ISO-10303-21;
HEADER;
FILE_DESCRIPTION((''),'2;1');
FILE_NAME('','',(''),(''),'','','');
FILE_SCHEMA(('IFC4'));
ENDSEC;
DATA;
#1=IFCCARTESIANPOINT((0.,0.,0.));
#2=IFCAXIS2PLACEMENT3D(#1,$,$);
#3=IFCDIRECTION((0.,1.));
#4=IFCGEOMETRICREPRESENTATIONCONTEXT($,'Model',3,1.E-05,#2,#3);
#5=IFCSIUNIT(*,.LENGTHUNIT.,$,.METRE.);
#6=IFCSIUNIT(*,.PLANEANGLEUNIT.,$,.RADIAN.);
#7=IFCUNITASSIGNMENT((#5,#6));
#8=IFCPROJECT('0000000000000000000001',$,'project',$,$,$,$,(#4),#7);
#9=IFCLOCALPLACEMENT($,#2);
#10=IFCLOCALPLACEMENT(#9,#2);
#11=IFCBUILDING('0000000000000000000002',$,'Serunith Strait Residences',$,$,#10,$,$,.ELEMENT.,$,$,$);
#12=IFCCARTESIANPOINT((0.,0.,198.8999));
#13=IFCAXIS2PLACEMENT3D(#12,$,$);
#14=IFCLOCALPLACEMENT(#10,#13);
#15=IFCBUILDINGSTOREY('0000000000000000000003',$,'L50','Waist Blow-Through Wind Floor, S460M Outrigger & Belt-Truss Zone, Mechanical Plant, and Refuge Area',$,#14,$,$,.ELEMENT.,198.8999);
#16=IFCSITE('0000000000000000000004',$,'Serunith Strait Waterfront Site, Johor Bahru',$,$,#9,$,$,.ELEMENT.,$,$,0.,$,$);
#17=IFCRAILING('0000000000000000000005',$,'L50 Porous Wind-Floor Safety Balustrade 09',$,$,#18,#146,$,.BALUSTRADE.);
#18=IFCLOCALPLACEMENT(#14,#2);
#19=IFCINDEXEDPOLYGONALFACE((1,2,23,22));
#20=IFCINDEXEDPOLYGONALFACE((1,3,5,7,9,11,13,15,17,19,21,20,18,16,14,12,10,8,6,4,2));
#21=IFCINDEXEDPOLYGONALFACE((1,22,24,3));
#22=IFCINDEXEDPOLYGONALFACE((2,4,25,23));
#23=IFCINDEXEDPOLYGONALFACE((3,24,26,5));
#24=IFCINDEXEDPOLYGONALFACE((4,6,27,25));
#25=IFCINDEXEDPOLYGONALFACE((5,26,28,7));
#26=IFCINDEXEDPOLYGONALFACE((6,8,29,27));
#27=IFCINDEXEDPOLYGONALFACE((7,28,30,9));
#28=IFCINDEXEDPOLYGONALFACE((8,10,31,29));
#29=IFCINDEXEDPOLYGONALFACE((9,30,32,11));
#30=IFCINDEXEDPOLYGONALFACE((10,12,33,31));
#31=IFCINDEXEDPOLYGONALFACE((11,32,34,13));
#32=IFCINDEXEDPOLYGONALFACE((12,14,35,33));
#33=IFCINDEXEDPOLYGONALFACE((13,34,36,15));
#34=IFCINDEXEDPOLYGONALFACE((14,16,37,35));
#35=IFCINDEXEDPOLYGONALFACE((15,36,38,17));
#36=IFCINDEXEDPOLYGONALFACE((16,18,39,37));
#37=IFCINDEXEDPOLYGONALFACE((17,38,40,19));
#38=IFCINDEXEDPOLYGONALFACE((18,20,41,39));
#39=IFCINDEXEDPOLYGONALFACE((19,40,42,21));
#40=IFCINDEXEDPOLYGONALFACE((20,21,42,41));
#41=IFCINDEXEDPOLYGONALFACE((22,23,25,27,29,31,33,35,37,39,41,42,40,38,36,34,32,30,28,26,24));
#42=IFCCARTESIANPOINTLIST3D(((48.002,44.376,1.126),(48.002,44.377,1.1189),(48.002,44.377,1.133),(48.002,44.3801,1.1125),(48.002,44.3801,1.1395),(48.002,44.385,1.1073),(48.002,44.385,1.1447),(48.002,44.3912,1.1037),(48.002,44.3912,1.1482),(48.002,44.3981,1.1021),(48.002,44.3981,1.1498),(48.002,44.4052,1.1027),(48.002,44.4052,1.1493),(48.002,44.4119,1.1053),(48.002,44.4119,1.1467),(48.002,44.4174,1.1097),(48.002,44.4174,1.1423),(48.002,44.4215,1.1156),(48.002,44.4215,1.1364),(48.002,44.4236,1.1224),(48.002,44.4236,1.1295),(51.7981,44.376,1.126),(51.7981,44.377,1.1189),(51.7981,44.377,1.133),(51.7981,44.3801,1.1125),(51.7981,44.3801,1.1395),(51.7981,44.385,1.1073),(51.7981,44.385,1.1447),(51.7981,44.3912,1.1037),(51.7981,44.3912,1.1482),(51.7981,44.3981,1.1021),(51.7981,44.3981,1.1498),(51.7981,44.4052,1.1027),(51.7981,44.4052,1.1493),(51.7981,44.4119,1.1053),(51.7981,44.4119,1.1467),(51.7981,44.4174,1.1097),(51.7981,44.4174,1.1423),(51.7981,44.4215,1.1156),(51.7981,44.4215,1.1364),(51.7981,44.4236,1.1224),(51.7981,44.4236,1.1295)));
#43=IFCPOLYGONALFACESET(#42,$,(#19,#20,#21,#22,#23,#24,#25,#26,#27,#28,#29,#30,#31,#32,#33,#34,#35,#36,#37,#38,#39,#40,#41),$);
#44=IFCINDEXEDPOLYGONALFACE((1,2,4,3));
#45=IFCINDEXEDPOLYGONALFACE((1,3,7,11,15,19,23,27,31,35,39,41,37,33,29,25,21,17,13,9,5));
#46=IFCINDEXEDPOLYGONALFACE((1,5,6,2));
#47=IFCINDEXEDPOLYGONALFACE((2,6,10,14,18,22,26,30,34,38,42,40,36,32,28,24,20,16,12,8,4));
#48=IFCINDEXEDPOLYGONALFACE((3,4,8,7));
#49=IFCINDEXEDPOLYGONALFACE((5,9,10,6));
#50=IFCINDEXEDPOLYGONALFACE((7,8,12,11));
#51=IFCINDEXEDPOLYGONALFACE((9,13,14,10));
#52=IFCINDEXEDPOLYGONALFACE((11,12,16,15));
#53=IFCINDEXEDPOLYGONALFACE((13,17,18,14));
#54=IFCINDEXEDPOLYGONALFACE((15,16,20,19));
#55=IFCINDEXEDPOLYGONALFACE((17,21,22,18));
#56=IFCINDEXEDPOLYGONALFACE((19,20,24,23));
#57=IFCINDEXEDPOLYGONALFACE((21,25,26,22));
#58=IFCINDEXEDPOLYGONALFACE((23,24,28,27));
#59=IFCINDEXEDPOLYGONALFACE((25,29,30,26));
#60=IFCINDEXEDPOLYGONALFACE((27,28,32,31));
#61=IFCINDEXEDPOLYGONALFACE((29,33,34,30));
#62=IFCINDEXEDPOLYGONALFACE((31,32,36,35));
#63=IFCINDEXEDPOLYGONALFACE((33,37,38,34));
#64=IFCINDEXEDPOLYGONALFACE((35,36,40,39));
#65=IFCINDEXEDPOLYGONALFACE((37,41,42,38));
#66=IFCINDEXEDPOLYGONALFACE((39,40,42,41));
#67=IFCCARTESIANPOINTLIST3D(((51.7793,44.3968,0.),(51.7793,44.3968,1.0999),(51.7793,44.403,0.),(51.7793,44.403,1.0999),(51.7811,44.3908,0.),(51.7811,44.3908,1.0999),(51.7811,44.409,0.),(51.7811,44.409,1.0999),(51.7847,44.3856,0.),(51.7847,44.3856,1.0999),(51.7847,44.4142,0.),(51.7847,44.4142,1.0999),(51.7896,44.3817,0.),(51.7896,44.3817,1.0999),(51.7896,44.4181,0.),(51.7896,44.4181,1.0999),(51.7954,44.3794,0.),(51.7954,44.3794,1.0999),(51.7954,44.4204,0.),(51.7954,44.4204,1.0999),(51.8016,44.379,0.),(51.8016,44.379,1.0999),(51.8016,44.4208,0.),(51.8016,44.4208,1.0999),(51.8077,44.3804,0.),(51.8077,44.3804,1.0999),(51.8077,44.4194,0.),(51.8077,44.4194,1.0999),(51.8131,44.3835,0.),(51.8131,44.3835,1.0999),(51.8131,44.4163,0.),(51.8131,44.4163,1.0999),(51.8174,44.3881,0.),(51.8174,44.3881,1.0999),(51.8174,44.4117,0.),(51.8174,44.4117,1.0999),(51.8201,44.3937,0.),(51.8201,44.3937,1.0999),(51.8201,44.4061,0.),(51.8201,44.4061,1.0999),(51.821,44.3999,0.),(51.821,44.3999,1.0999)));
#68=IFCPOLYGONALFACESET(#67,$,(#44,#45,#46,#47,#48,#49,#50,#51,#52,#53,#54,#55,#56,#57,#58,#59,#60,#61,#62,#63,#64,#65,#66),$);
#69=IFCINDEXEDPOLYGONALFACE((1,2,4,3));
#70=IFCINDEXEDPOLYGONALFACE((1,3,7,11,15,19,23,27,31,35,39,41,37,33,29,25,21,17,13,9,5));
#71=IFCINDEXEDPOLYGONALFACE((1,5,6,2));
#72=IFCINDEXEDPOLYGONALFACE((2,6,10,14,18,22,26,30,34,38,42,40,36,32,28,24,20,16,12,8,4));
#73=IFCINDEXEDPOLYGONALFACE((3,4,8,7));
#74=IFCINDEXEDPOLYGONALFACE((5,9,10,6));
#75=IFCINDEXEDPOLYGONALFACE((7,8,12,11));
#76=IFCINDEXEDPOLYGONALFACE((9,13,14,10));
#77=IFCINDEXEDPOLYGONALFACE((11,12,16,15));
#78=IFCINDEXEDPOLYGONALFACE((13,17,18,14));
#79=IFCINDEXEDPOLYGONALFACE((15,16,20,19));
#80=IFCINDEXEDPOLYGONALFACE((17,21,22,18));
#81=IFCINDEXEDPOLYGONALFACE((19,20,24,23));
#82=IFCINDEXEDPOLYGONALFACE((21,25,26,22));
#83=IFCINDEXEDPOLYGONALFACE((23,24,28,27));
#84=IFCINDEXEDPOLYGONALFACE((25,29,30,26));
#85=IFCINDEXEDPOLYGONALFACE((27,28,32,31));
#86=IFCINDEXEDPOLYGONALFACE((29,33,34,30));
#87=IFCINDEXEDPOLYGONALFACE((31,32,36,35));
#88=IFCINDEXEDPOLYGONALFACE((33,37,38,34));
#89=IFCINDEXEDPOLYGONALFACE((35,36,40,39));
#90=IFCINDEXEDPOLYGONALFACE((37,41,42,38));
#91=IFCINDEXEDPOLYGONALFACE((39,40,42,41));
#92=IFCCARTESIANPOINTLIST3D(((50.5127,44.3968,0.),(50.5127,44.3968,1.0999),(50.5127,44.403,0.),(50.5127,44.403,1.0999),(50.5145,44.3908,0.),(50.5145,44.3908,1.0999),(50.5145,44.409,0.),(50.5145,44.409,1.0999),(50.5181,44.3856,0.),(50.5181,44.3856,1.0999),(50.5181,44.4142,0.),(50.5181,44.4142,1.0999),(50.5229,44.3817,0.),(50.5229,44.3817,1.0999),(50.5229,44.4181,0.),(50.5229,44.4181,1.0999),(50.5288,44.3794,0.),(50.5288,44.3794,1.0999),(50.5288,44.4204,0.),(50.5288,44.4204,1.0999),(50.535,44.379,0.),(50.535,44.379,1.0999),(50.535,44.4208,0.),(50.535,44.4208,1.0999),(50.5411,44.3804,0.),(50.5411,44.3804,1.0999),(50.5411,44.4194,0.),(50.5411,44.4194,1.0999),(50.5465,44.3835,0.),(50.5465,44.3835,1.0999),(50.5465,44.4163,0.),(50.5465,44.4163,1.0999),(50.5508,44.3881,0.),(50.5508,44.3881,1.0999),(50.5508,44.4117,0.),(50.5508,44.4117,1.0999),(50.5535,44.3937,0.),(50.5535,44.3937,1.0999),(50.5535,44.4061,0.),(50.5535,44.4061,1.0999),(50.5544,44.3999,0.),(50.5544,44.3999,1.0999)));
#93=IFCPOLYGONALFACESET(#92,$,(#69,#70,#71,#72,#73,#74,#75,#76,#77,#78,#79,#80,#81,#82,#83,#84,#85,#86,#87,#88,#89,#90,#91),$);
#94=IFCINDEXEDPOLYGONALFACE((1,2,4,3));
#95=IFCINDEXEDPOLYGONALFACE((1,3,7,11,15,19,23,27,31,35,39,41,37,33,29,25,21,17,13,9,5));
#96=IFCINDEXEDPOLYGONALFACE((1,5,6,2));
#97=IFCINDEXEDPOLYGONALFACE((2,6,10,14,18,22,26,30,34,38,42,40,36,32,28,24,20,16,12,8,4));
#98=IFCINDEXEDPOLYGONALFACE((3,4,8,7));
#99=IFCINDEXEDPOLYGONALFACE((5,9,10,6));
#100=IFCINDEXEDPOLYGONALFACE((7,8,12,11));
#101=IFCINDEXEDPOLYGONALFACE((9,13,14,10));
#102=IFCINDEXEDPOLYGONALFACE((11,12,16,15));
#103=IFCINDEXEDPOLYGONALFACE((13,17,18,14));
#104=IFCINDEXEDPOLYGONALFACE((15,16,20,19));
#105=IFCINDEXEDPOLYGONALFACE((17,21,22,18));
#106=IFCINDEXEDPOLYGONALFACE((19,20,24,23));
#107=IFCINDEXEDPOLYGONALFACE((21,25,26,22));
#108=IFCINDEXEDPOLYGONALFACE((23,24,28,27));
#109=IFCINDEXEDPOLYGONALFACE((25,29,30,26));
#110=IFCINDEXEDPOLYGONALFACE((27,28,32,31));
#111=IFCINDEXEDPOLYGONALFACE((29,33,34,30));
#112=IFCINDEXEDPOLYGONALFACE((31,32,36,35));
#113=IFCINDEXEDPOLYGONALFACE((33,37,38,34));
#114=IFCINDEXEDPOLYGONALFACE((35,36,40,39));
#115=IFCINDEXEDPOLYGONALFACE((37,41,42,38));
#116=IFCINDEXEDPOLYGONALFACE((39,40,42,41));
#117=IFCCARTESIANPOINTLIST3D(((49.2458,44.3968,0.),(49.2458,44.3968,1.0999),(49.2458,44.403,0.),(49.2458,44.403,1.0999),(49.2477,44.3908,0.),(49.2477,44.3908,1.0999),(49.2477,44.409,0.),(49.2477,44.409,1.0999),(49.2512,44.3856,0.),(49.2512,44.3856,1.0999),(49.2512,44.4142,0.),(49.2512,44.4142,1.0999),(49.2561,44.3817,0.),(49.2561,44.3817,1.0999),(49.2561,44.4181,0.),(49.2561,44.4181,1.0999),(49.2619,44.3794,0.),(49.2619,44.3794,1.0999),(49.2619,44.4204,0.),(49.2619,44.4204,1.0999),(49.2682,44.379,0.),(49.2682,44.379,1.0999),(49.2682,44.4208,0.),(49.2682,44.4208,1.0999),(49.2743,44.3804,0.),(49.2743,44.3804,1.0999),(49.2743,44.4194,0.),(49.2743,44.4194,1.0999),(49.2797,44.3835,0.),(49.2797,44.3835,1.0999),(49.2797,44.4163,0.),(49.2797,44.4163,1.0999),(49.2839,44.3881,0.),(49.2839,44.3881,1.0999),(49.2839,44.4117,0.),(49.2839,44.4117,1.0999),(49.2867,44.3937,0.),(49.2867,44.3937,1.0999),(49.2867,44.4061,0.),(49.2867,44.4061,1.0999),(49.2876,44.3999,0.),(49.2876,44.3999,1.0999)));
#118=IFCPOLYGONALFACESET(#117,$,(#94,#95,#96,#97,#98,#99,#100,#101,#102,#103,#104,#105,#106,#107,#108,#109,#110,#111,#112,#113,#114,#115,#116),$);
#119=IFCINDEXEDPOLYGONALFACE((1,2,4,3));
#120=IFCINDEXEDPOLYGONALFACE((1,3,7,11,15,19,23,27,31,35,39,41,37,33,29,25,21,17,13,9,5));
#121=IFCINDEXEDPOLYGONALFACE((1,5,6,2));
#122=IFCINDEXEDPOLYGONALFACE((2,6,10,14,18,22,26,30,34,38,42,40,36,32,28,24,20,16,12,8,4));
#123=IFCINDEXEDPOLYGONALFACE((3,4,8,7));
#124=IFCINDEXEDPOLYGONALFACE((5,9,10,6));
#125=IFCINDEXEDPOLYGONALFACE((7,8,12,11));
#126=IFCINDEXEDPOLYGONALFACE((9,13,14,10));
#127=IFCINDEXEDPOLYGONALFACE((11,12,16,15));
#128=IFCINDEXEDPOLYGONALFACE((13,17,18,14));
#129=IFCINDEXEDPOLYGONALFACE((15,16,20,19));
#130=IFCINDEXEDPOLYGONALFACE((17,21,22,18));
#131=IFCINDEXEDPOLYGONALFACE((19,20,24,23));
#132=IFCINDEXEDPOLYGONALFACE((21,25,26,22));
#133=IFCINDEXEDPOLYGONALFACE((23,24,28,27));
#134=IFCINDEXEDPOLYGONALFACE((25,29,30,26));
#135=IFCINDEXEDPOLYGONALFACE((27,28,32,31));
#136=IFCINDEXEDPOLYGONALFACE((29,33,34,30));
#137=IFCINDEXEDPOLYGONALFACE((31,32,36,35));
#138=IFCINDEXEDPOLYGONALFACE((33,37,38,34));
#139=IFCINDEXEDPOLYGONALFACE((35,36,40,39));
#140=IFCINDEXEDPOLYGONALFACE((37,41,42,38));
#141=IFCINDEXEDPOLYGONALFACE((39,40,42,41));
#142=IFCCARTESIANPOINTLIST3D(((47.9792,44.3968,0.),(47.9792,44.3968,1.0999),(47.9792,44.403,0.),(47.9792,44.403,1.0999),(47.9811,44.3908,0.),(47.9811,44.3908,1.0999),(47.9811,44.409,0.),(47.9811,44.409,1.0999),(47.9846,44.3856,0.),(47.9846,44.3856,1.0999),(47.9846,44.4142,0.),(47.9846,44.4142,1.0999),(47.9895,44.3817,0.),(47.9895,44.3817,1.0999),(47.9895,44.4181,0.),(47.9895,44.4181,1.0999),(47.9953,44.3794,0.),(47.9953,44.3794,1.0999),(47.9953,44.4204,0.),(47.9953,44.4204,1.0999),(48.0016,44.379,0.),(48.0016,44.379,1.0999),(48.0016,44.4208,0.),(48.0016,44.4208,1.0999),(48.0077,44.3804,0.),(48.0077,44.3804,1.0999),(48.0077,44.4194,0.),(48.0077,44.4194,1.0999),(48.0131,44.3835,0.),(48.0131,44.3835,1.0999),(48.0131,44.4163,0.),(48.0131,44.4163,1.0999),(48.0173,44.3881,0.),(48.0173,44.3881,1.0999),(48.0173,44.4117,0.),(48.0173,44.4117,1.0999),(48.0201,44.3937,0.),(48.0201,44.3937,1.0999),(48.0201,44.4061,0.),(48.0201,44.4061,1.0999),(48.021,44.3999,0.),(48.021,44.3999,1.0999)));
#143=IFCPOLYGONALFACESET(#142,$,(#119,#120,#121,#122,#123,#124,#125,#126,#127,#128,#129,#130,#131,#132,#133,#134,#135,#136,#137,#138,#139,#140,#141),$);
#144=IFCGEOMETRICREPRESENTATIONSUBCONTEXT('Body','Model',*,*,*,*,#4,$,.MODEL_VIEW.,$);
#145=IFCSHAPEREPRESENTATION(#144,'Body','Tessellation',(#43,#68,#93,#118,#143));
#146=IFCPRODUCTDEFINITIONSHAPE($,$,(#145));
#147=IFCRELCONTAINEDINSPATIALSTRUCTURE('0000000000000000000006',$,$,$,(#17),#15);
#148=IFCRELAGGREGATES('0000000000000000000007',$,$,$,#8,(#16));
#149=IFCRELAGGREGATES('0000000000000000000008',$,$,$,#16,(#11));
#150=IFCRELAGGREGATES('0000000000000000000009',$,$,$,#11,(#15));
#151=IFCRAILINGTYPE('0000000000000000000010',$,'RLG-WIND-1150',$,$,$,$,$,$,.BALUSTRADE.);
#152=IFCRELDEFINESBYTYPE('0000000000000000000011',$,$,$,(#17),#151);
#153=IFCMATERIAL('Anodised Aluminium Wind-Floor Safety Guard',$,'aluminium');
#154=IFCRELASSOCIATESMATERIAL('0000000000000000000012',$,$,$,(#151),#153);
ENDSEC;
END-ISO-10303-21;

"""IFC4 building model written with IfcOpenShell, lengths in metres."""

from ifc_helpers import new_model, si_unit, direction, frame, origin, origin_2d, place, context, subcontext, project, spatial, circle, extrude, material, type_object, element, save


model = new_model("IFC4")

# Units and contexts
model_context = context("Model", 3, precision=1e-05, world=origin(), true_north=direction((0.0, 1.0)))
body_context = subcontext(model_context, "Body", "Model", "MODEL_VIEW")
ifc_project = project(units=[si_unit("LENGTHUNIT", "METRE"), si_unit("PLANEANGLEUNIT", "RADIAN")], contexts=[model_context])

# Site, building, storey
site_placement = place(None, origin())
site = spatial("IfcSite", under=ifc_project, at=site_placement, Name="Serunith Strait Waterfront Site, Johor Bahru", CompositionType="ELEMENT", RefElevation=0.0)
building_placement = place(site_placement, origin())
building = spatial("IfcBuilding", under=site, at=building_placement, Name="Serunith Strait Residences", CompositionType="ELEMENT")
storey_placement = place(building_placement, frame((0.0, 0.0, 198.8999)))
storey = spatial("IfcBuildingStorey", under=building, at=storey_placement, Name="L50", Description="Waist Blow-Through Wind Floor, S460M Outrigger & Belt-Truss Zone, Mechanical Plant, and Refuge Area", CompositionType="ELEMENT", Elevation=198.8999)

# Railing
ifc_material_1 = material(Name="Anodised Aluminium Wind-Floor Safety Guard", Category="aluminium")
railing_type = type_object("IfcRailingType", Name="RLG-WIND-1150", PredefinedType="BALUSTRADE", material=ifc_material_1)
railing_1_placement = place(storey_placement, frame((51.8, 44.3999, 0.0)))
element("IfcRailing", 1, at=railing_1_placement, inside=storey, type_object=railing_type, Name="L50 Porous Wind-Floor Safety Balustrade 09", PredefinedType="BALUSTRADE", context=body_context, shape_type="SweptSolid", body=[
    extrude(circle(Radius=0.0239, at=origin_2d()), frame((-0.002, 0.0, 1.126), z_axis=(-1.0, 0.0, 0.0), x_axis=(0.0, -1.0, 0.0)), (0.0, 0.0, 1.0), 3.7961),
    extrude(circle(Radius=0.021, at=origin_2d()), origin(), (0.0, 0.0, 1.0), 1.0999),
    extrude(circle(Radius=0.021, at=origin_2d()), frame((-1.2666, 0.0, 0.0)), (0.0, 0.0, 1.0), 1.0999),
    extrude(circle(Radius=0.021, at=origin_2d()), frame((-2.5334, 0.0, 0.0)), (0.0, 0.0, 1.0), 1.0999),
    extrude(circle(Radius=0.021, at=origin_2d()), frame((-3.8, 0.0, 0.0)), (0.0, 0.0, 1.0), 1.0999),
])

save(model, "model.ifc")
